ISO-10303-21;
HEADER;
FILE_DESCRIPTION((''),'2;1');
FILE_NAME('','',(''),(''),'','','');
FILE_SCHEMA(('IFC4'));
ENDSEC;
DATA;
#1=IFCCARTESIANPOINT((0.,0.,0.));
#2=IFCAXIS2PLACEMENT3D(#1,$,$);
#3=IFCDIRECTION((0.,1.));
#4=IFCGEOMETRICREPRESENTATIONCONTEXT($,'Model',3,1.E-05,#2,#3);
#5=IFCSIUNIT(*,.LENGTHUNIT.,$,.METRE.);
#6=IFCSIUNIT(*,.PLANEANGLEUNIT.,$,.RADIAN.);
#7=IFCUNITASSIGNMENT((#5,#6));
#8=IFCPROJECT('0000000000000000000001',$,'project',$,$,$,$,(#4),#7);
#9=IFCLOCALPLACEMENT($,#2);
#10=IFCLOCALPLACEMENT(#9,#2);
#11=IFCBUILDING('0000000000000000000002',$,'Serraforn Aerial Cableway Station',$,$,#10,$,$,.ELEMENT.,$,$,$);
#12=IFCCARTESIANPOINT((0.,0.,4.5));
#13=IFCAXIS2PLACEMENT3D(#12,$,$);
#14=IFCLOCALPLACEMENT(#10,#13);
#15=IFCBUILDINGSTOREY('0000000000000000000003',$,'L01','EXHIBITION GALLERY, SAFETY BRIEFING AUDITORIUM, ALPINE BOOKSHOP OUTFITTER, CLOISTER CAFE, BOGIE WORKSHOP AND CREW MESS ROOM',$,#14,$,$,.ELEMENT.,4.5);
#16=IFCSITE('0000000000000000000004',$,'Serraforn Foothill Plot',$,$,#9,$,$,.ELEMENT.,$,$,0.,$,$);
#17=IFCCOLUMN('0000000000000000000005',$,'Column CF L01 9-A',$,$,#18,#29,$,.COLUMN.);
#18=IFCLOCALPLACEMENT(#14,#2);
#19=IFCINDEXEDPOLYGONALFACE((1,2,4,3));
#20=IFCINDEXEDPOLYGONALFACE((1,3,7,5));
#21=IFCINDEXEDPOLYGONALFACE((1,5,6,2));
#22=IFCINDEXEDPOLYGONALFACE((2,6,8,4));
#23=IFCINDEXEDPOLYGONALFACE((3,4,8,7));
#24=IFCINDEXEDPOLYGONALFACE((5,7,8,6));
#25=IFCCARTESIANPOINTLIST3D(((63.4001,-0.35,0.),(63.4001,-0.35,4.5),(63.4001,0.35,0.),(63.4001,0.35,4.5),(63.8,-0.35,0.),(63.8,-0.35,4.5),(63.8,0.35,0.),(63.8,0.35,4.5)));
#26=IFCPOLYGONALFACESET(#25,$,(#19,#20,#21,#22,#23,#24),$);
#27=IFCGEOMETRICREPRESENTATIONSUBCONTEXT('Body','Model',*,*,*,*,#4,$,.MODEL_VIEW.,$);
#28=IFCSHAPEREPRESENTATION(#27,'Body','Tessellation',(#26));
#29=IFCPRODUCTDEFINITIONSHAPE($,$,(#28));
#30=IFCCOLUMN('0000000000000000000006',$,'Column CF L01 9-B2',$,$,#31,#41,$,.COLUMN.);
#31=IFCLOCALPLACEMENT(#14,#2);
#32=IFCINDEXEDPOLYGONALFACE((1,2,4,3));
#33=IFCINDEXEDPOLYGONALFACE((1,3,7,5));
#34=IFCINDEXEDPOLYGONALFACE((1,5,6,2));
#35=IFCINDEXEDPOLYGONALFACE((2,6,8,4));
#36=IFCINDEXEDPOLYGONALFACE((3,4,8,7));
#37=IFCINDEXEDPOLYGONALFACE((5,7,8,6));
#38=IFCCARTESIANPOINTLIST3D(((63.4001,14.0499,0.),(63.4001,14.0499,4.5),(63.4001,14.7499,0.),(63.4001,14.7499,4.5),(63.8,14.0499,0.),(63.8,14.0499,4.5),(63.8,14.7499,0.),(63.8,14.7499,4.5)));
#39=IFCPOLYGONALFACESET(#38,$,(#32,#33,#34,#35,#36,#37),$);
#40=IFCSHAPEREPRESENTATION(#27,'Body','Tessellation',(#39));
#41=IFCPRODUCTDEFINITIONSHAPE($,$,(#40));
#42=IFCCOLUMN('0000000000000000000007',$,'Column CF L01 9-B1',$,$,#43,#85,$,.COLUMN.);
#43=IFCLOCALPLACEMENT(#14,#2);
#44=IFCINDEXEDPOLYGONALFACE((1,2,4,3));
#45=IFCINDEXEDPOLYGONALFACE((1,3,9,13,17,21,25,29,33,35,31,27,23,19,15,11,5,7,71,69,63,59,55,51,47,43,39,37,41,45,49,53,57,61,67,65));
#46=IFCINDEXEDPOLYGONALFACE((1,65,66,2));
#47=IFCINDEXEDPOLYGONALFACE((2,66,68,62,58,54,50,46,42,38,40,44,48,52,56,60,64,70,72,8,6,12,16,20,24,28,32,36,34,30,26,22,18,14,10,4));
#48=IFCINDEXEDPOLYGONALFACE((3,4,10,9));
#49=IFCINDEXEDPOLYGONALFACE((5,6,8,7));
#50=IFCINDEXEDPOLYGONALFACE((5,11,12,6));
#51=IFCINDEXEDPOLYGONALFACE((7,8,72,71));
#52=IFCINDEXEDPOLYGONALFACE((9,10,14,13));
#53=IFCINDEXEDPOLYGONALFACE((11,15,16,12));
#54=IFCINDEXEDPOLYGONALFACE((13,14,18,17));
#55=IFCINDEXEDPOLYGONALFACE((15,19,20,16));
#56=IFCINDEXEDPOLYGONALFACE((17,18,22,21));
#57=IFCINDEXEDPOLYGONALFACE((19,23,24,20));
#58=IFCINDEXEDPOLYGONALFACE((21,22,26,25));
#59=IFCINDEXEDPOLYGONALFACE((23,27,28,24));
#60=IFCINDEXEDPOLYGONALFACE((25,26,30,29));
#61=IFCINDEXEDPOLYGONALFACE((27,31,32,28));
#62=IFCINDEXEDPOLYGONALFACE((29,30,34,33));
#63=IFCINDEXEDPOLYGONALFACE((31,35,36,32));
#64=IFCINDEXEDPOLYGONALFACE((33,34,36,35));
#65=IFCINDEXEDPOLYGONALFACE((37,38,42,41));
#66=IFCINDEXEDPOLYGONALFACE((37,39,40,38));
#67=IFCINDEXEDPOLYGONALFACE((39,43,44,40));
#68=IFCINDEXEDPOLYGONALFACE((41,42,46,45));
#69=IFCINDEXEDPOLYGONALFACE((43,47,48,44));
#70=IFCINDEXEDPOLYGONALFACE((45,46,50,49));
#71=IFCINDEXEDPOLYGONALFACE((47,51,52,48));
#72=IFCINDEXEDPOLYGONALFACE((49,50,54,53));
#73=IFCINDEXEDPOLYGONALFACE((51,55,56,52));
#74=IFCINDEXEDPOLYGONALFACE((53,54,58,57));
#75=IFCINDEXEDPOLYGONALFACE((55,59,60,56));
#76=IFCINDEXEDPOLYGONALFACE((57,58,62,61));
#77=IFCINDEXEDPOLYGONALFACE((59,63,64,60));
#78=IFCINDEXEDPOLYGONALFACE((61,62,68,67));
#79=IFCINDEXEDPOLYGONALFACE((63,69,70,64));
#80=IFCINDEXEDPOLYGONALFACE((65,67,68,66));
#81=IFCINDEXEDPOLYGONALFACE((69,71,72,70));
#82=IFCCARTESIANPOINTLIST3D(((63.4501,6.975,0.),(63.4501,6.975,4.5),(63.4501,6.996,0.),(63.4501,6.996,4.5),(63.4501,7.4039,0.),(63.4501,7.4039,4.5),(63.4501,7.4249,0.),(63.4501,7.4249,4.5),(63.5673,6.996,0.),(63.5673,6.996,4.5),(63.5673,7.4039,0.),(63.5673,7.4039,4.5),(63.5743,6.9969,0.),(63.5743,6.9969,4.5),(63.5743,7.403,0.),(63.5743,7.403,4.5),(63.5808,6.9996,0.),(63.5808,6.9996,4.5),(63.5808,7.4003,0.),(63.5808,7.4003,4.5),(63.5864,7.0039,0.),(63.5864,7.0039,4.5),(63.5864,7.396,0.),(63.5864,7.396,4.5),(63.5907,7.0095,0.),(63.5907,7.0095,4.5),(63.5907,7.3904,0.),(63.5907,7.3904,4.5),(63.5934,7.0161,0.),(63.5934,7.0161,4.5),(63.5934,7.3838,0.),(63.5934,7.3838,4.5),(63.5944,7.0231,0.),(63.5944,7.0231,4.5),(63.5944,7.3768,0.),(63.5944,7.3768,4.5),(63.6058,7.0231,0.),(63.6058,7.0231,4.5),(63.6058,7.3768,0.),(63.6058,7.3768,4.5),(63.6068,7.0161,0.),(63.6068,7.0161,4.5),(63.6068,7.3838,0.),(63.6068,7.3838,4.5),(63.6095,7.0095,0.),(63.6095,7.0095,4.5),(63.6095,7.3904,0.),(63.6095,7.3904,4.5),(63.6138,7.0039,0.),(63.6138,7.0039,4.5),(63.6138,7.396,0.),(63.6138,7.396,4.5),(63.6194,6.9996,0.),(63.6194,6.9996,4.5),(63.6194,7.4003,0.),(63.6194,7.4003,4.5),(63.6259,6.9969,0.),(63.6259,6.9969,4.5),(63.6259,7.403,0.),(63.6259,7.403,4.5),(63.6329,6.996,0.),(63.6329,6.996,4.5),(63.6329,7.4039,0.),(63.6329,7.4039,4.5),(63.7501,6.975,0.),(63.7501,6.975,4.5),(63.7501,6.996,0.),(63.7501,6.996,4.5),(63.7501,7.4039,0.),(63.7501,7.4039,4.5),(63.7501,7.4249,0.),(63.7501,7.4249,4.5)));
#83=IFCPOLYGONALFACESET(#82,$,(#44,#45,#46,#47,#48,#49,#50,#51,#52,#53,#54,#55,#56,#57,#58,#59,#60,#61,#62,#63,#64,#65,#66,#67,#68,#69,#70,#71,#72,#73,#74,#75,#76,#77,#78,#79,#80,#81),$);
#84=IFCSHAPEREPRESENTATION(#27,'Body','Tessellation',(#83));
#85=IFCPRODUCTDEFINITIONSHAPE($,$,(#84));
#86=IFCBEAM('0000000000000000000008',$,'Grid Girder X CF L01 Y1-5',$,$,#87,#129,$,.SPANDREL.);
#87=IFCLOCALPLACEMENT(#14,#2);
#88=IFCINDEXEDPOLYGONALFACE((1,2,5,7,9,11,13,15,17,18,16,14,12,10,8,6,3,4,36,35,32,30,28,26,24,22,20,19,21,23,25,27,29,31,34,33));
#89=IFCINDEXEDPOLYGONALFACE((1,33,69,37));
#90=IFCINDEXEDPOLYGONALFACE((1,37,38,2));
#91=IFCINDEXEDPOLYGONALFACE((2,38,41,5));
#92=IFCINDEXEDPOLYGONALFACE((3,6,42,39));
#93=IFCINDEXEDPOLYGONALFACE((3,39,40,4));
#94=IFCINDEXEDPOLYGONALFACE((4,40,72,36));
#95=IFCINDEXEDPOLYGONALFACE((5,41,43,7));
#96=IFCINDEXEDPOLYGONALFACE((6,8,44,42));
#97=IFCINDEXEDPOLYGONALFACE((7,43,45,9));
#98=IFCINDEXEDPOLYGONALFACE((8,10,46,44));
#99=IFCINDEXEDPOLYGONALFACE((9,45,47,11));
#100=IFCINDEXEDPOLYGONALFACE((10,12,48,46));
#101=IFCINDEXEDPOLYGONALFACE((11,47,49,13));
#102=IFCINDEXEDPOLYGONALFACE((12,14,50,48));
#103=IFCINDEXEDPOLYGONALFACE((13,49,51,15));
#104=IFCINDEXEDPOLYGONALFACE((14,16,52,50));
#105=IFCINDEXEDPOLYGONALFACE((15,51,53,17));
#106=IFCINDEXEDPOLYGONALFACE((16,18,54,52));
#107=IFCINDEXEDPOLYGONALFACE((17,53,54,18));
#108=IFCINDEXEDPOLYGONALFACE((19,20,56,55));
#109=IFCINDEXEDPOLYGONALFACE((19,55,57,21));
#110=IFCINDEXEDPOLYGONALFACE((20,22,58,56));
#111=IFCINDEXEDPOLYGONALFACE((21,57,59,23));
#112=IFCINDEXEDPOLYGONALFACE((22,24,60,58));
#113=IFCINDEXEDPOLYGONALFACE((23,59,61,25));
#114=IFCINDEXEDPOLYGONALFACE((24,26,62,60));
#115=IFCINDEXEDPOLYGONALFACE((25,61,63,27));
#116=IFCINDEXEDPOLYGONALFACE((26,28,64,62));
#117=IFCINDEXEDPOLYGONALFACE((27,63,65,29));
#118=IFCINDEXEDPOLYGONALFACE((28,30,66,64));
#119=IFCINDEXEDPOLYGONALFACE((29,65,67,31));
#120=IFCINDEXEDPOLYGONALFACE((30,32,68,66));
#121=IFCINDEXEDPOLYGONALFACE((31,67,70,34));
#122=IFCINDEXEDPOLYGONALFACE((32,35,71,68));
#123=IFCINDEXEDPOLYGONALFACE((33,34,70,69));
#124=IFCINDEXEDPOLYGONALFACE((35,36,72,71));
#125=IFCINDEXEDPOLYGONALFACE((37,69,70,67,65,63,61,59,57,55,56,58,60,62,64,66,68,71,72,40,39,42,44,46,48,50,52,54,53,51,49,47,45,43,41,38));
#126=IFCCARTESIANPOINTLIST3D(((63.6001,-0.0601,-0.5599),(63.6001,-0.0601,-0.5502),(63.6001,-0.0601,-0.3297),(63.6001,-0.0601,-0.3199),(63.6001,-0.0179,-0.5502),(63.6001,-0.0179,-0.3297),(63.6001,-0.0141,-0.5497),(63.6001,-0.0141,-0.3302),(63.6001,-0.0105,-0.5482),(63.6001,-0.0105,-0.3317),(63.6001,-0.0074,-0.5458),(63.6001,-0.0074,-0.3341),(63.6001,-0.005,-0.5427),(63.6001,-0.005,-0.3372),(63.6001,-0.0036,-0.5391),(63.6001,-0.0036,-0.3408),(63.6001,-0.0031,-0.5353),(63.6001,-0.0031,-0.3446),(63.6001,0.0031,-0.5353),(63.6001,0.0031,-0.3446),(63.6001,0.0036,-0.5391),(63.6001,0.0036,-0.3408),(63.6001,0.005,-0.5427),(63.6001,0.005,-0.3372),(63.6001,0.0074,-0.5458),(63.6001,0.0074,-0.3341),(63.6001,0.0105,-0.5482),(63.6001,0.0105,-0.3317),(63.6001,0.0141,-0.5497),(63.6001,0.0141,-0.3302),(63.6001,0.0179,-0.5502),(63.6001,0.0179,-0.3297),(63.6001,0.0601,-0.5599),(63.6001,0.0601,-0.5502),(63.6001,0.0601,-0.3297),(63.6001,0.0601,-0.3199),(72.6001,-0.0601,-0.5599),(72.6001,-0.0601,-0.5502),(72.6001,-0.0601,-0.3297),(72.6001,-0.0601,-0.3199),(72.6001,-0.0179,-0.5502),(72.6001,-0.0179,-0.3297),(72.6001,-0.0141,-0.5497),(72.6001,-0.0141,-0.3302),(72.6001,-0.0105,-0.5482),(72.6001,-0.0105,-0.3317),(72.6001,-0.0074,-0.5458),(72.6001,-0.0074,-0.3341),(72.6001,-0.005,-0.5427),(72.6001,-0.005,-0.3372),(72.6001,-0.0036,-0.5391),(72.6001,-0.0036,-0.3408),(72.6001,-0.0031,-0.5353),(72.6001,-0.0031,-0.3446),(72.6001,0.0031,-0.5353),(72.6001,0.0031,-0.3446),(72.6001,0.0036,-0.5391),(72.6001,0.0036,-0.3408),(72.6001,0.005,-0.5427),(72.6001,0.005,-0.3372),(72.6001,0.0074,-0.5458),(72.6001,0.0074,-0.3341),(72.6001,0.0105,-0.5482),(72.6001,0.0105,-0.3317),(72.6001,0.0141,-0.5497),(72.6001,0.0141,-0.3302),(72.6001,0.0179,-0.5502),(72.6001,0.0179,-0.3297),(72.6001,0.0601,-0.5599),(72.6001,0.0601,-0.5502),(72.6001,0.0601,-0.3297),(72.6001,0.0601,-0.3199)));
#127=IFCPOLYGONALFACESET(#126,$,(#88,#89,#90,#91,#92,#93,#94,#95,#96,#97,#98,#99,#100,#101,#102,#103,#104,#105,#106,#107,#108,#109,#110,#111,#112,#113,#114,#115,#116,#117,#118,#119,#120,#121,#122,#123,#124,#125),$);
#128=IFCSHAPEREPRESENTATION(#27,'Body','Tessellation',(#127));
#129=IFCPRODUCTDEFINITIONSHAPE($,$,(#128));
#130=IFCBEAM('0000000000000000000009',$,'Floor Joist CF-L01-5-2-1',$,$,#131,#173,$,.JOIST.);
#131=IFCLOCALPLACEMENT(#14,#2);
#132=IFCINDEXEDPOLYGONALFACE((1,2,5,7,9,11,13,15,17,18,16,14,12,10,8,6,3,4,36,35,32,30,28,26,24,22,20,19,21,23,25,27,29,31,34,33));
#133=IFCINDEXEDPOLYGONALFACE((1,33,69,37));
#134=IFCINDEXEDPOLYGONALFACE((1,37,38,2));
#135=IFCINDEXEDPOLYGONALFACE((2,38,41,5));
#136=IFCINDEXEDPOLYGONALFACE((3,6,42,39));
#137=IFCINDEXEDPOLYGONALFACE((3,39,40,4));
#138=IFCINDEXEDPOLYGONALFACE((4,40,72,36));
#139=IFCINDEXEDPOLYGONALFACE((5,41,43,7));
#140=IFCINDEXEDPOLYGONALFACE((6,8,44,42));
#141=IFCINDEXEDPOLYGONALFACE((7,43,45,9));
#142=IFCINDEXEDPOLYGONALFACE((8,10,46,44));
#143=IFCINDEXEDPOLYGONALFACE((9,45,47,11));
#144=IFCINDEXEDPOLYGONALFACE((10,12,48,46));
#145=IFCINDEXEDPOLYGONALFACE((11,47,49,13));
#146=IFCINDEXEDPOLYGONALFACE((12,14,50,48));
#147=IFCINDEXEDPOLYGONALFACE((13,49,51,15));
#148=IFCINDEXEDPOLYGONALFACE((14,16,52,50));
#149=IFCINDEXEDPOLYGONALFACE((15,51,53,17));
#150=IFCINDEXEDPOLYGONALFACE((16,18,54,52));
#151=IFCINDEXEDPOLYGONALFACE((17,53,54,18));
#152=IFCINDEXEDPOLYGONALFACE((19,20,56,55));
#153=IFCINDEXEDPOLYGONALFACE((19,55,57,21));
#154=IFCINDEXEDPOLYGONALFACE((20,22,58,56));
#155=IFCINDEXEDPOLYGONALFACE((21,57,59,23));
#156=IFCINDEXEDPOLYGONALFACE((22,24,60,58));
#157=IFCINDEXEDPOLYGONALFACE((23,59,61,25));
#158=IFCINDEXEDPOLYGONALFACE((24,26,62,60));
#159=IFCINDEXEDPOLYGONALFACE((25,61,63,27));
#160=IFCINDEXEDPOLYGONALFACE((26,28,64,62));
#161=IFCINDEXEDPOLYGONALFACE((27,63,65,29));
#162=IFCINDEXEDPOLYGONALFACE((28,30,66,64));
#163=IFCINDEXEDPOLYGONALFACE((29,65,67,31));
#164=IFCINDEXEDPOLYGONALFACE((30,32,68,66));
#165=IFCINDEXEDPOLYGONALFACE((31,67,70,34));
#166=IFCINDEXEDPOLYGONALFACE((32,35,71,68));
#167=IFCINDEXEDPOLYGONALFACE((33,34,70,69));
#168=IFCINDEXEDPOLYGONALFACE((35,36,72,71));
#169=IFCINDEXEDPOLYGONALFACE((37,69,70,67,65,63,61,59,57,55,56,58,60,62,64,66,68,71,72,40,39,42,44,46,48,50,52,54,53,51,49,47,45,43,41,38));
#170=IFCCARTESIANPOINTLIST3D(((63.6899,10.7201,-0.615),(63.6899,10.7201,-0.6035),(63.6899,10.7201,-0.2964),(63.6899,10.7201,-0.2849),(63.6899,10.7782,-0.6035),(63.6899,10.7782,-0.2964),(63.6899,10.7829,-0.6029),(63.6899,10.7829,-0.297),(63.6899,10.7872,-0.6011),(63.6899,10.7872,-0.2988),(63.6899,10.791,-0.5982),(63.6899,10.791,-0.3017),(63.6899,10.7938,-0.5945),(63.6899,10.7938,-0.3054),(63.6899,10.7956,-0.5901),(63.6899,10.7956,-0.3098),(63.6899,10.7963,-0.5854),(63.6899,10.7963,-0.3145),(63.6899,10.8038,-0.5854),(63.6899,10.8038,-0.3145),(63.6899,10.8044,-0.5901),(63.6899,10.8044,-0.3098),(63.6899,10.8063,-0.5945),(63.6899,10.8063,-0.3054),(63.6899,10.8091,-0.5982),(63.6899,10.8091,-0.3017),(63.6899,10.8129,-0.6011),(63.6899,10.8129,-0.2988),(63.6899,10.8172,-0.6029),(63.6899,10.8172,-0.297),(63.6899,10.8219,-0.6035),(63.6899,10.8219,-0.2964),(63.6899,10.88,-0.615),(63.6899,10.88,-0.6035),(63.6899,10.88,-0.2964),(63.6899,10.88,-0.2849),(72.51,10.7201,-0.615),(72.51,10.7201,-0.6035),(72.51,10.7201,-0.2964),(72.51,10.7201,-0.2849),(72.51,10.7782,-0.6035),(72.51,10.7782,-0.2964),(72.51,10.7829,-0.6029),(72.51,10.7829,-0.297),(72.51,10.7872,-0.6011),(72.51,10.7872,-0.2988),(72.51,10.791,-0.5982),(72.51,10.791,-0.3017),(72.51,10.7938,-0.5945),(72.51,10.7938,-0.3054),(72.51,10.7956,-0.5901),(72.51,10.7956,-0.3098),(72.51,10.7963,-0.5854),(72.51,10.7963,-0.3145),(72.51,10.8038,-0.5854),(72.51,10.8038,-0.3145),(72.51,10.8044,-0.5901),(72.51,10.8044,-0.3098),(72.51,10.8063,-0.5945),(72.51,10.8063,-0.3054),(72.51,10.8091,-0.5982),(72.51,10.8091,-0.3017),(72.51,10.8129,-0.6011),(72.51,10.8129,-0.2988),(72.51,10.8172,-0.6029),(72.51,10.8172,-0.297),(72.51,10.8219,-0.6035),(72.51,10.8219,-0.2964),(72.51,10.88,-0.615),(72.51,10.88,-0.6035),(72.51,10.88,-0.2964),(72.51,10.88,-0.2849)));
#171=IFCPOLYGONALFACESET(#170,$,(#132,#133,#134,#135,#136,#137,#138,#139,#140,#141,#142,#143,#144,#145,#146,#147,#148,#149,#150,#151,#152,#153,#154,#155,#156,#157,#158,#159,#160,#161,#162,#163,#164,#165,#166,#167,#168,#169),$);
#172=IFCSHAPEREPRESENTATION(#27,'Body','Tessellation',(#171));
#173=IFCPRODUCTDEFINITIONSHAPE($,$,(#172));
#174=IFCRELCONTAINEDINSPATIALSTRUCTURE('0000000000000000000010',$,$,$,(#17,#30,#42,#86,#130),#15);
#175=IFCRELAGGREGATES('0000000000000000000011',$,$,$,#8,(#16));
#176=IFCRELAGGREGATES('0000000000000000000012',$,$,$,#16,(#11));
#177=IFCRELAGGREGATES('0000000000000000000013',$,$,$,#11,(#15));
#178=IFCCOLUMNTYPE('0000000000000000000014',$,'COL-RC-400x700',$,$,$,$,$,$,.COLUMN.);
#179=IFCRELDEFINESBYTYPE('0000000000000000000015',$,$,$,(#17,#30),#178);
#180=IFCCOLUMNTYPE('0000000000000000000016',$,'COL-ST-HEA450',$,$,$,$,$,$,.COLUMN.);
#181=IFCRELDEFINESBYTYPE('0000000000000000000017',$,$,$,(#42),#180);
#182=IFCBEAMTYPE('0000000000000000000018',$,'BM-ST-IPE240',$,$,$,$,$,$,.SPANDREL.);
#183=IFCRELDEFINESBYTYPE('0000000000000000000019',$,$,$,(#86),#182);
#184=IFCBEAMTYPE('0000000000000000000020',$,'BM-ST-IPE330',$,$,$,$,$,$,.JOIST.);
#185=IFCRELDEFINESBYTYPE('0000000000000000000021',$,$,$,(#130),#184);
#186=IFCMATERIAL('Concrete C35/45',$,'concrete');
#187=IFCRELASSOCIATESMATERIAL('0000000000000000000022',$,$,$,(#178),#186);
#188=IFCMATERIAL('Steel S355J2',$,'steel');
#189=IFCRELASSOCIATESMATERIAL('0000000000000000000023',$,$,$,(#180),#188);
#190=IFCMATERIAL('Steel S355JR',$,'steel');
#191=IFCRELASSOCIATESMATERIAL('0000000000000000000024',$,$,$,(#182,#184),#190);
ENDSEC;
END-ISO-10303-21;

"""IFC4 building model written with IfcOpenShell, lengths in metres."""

from ifc_helpers import new_model, si_unit, direction, frame, origin, origin_2d, place, context, subcontext, project, spatial, rectangle, i_section, extrude, material, material_profile, profile_set, type_object, element, save


model = new_model("IFC4")

# Units and contexts
model_context = context("Model", 3, precision=1e-05, world=origin(), true_north=direction((0.0, 1.0)))
body_context = subcontext(model_context, "Body", "Model", "MODEL_VIEW")
ifc_project = project(units=[si_unit("LENGTHUNIT", "METRE"), si_unit("PLANEANGLEUNIT", "RADIAN")], contexts=[model_context])

# Site, building, storey
site_placement = place(None, origin())
site = spatial("IfcSite", under=ifc_project, at=site_placement, Name="Serraforn Foothill Plot", CompositionType="ELEMENT", RefElevation=0.0)
building_placement = place(site_placement, origin())
building = spatial("IfcBuilding", under=site, at=building_placement, Name="Serraforn Aerial Cableway Station", CompositionType="ELEMENT")
storey_placement = place(building_placement, frame((0.0, 0.0, 4.5)))
storey = spatial("IfcBuildingStorey", under=building, at=storey_placement, Name="L01", Description="EXHIBITION GALLERY, SAFETY BRIEFING AUDITORIUM, ALPINE BOOKSHOP OUTFITTER, CLOISTER CAFE, BOGIE WORKSHOP AND CREW MESS ROOM", CompositionType="ELEMENT", Elevation=4.5)

# Columns
ifc_material_1 = material(Name="Concrete C35/45", Category="concrete")
ifc_material_profile_1 = material_profile(ifc_material_1, rectangle(XDim=0.3999, YDim=0.7, at=origin_2d()), Name="RC 400x700")
ifc_profile_set_1 = profile_set([ifc_material_profile_1], Name="Concrete C35/45")
column_type_1 = type_object("IfcColumnType", Name="COL-RC-400x700", PredefinedType="COLUMN", material=ifc_profile_set_1)
for number, where, z_axis, x_axis, name in (
    (1, (63.6001, 0.0, 0.0), (0.0, 0.0, 1.0), (1.0, 0.0, 0.0), "Column CF L01 9-A"),
    (2, (63.6001, 14.3999, 0.0), (0.0, 0.0, 1.0), (1.0, 0.0, 0.0), "Column CF L01 9-B2"),
):
    element("IfcColumn", number, at=place(storey_placement, frame(where, z_axis=z_axis, x_axis=x_axis)), inside=storey, type_object=column_type_1, Name=name, PredefinedType="COLUMN", context=body_context, shape_type="SweptSolid", body=[
        extrude(rectangle(XDim=0.3999, YDim=0.7, at=origin_2d()), origin(), (0.0, 0.0, 1.0), 4.5),
    ])
ifc_material_2 = material(Name="Steel S355J2", Category="steel")
ifc_material_profile_2 = material_profile(ifc_material_2, i_section(OverallWidth=0.3, OverallDepth=0.45, WebThickness=0.0115, FlangeThickness=0.021, FilletRadius=0.0271, at=origin_2d()), Name="HEA 450")
ifc_profile_set_2 = profile_set([ifc_material_profile_2], Name="Steel S355J2")
column_type_2 = type_object("IfcColumnType", Name="COL-ST-HEA450", PredefinedType="COLUMN", material=ifc_profile_set_2)
column_placement = place(storey_placement, frame((63.6001, 7.2, 0.0), z_axis=(0.0, 0.0, 1.0), x_axis=(1.0, 0.0, 0.0)))
element("IfcColumn", 3, at=column_placement, inside=storey, type_object=column_type_2, Name="Column CF L01 9-B1", PredefinedType="COLUMN", context=body_context, shape_type="SweptSolid", body=[
    extrude(i_section(OverallWidth=0.3, OverallDepth=0.45, WebThickness=0.0115, FlangeThickness=0.021, FilletRadius=0.0271, at=origin_2d()), origin(), (0.0, 0.0, 1.0), 4.5),
])

# Beams
ifc_material_3 = material(Name="Steel S355JR", Category="steel")
ifc_material_profile_3 = material_profile(ifc_material_3, i_section(OverallWidth=0.1201, OverallDepth=0.24, WebThickness=0.0061, FlangeThickness=0.0098, FilletRadius=0.0149, at=origin_2d()), Name="IPE 240")
ifc_profile_set_3 = profile_set([ifc_material_profile_3], Name="Steel S355JR")
beam_type_1 = type_object("IfcBeamType", Name="BM-ST-IPE240", PredefinedType="SPANDREL", material=ifc_profile_set_3)
beam_1_placement = place(storey_placement, frame((63.6001, 0.0, -0.4399), z_axis=(1.0, 0.0, 0.0), x_axis=(0.0, 1.0, 0.0)))
element("IfcBeam", 4, at=beam_1_placement, inside=storey, type_object=beam_type_1, Name="Grid Girder X CF L01 Y1-5", PredefinedType="SPANDREL", context=body_context, shape_type="SweptSolid", body=[
    extrude(i_section(OverallWidth=0.1201, OverallDepth=0.24, WebThickness=0.0061, FlangeThickness=0.0098, FilletRadius=0.0149, at=origin_2d()), origin(), (0.0, 0.0, 1.0), 9.0),
])
ifc_material_profile_4 = material_profile(ifc_material_3, i_section(OverallWidth=0.1599, OverallDepth=0.3301, WebThickness=0.0076, FlangeThickness=0.0115, FilletRadius=0.0181, at=origin_2d()), Name="IPE 330")
ifc_profile_set_4 = profile_set([ifc_material_profile_4], Name="Steel S355JR")
beam_type_2 = type_object("IfcBeamType", Name="BM-ST-IPE330", PredefinedType="JOIST", material=ifc_profile_set_4)
beam_2_placement = place(storey_placement, frame((63.6899, 10.8, -0.45), z_axis=(1.0, 0.0, 0.0), x_axis=(0.0, 1.0, 0.0)))
element("IfcBeam", 5, at=beam_2_placement, inside=storey, type_object=beam_type_2, Name="Floor Joist CF-L01-5-2-1", PredefinedType="JOIST", context=body_context, shape_type="SweptSolid", body=[
    extrude(i_section(OverallWidth=0.1599, OverallDepth=0.3301, WebThickness=0.0076, FlangeThickness=0.0115, FilletRadius=0.0181, at=origin_2d()), origin(), (0.0, 0.0, 1.0), 8.8201),
])

save(model, "model.ifc")
